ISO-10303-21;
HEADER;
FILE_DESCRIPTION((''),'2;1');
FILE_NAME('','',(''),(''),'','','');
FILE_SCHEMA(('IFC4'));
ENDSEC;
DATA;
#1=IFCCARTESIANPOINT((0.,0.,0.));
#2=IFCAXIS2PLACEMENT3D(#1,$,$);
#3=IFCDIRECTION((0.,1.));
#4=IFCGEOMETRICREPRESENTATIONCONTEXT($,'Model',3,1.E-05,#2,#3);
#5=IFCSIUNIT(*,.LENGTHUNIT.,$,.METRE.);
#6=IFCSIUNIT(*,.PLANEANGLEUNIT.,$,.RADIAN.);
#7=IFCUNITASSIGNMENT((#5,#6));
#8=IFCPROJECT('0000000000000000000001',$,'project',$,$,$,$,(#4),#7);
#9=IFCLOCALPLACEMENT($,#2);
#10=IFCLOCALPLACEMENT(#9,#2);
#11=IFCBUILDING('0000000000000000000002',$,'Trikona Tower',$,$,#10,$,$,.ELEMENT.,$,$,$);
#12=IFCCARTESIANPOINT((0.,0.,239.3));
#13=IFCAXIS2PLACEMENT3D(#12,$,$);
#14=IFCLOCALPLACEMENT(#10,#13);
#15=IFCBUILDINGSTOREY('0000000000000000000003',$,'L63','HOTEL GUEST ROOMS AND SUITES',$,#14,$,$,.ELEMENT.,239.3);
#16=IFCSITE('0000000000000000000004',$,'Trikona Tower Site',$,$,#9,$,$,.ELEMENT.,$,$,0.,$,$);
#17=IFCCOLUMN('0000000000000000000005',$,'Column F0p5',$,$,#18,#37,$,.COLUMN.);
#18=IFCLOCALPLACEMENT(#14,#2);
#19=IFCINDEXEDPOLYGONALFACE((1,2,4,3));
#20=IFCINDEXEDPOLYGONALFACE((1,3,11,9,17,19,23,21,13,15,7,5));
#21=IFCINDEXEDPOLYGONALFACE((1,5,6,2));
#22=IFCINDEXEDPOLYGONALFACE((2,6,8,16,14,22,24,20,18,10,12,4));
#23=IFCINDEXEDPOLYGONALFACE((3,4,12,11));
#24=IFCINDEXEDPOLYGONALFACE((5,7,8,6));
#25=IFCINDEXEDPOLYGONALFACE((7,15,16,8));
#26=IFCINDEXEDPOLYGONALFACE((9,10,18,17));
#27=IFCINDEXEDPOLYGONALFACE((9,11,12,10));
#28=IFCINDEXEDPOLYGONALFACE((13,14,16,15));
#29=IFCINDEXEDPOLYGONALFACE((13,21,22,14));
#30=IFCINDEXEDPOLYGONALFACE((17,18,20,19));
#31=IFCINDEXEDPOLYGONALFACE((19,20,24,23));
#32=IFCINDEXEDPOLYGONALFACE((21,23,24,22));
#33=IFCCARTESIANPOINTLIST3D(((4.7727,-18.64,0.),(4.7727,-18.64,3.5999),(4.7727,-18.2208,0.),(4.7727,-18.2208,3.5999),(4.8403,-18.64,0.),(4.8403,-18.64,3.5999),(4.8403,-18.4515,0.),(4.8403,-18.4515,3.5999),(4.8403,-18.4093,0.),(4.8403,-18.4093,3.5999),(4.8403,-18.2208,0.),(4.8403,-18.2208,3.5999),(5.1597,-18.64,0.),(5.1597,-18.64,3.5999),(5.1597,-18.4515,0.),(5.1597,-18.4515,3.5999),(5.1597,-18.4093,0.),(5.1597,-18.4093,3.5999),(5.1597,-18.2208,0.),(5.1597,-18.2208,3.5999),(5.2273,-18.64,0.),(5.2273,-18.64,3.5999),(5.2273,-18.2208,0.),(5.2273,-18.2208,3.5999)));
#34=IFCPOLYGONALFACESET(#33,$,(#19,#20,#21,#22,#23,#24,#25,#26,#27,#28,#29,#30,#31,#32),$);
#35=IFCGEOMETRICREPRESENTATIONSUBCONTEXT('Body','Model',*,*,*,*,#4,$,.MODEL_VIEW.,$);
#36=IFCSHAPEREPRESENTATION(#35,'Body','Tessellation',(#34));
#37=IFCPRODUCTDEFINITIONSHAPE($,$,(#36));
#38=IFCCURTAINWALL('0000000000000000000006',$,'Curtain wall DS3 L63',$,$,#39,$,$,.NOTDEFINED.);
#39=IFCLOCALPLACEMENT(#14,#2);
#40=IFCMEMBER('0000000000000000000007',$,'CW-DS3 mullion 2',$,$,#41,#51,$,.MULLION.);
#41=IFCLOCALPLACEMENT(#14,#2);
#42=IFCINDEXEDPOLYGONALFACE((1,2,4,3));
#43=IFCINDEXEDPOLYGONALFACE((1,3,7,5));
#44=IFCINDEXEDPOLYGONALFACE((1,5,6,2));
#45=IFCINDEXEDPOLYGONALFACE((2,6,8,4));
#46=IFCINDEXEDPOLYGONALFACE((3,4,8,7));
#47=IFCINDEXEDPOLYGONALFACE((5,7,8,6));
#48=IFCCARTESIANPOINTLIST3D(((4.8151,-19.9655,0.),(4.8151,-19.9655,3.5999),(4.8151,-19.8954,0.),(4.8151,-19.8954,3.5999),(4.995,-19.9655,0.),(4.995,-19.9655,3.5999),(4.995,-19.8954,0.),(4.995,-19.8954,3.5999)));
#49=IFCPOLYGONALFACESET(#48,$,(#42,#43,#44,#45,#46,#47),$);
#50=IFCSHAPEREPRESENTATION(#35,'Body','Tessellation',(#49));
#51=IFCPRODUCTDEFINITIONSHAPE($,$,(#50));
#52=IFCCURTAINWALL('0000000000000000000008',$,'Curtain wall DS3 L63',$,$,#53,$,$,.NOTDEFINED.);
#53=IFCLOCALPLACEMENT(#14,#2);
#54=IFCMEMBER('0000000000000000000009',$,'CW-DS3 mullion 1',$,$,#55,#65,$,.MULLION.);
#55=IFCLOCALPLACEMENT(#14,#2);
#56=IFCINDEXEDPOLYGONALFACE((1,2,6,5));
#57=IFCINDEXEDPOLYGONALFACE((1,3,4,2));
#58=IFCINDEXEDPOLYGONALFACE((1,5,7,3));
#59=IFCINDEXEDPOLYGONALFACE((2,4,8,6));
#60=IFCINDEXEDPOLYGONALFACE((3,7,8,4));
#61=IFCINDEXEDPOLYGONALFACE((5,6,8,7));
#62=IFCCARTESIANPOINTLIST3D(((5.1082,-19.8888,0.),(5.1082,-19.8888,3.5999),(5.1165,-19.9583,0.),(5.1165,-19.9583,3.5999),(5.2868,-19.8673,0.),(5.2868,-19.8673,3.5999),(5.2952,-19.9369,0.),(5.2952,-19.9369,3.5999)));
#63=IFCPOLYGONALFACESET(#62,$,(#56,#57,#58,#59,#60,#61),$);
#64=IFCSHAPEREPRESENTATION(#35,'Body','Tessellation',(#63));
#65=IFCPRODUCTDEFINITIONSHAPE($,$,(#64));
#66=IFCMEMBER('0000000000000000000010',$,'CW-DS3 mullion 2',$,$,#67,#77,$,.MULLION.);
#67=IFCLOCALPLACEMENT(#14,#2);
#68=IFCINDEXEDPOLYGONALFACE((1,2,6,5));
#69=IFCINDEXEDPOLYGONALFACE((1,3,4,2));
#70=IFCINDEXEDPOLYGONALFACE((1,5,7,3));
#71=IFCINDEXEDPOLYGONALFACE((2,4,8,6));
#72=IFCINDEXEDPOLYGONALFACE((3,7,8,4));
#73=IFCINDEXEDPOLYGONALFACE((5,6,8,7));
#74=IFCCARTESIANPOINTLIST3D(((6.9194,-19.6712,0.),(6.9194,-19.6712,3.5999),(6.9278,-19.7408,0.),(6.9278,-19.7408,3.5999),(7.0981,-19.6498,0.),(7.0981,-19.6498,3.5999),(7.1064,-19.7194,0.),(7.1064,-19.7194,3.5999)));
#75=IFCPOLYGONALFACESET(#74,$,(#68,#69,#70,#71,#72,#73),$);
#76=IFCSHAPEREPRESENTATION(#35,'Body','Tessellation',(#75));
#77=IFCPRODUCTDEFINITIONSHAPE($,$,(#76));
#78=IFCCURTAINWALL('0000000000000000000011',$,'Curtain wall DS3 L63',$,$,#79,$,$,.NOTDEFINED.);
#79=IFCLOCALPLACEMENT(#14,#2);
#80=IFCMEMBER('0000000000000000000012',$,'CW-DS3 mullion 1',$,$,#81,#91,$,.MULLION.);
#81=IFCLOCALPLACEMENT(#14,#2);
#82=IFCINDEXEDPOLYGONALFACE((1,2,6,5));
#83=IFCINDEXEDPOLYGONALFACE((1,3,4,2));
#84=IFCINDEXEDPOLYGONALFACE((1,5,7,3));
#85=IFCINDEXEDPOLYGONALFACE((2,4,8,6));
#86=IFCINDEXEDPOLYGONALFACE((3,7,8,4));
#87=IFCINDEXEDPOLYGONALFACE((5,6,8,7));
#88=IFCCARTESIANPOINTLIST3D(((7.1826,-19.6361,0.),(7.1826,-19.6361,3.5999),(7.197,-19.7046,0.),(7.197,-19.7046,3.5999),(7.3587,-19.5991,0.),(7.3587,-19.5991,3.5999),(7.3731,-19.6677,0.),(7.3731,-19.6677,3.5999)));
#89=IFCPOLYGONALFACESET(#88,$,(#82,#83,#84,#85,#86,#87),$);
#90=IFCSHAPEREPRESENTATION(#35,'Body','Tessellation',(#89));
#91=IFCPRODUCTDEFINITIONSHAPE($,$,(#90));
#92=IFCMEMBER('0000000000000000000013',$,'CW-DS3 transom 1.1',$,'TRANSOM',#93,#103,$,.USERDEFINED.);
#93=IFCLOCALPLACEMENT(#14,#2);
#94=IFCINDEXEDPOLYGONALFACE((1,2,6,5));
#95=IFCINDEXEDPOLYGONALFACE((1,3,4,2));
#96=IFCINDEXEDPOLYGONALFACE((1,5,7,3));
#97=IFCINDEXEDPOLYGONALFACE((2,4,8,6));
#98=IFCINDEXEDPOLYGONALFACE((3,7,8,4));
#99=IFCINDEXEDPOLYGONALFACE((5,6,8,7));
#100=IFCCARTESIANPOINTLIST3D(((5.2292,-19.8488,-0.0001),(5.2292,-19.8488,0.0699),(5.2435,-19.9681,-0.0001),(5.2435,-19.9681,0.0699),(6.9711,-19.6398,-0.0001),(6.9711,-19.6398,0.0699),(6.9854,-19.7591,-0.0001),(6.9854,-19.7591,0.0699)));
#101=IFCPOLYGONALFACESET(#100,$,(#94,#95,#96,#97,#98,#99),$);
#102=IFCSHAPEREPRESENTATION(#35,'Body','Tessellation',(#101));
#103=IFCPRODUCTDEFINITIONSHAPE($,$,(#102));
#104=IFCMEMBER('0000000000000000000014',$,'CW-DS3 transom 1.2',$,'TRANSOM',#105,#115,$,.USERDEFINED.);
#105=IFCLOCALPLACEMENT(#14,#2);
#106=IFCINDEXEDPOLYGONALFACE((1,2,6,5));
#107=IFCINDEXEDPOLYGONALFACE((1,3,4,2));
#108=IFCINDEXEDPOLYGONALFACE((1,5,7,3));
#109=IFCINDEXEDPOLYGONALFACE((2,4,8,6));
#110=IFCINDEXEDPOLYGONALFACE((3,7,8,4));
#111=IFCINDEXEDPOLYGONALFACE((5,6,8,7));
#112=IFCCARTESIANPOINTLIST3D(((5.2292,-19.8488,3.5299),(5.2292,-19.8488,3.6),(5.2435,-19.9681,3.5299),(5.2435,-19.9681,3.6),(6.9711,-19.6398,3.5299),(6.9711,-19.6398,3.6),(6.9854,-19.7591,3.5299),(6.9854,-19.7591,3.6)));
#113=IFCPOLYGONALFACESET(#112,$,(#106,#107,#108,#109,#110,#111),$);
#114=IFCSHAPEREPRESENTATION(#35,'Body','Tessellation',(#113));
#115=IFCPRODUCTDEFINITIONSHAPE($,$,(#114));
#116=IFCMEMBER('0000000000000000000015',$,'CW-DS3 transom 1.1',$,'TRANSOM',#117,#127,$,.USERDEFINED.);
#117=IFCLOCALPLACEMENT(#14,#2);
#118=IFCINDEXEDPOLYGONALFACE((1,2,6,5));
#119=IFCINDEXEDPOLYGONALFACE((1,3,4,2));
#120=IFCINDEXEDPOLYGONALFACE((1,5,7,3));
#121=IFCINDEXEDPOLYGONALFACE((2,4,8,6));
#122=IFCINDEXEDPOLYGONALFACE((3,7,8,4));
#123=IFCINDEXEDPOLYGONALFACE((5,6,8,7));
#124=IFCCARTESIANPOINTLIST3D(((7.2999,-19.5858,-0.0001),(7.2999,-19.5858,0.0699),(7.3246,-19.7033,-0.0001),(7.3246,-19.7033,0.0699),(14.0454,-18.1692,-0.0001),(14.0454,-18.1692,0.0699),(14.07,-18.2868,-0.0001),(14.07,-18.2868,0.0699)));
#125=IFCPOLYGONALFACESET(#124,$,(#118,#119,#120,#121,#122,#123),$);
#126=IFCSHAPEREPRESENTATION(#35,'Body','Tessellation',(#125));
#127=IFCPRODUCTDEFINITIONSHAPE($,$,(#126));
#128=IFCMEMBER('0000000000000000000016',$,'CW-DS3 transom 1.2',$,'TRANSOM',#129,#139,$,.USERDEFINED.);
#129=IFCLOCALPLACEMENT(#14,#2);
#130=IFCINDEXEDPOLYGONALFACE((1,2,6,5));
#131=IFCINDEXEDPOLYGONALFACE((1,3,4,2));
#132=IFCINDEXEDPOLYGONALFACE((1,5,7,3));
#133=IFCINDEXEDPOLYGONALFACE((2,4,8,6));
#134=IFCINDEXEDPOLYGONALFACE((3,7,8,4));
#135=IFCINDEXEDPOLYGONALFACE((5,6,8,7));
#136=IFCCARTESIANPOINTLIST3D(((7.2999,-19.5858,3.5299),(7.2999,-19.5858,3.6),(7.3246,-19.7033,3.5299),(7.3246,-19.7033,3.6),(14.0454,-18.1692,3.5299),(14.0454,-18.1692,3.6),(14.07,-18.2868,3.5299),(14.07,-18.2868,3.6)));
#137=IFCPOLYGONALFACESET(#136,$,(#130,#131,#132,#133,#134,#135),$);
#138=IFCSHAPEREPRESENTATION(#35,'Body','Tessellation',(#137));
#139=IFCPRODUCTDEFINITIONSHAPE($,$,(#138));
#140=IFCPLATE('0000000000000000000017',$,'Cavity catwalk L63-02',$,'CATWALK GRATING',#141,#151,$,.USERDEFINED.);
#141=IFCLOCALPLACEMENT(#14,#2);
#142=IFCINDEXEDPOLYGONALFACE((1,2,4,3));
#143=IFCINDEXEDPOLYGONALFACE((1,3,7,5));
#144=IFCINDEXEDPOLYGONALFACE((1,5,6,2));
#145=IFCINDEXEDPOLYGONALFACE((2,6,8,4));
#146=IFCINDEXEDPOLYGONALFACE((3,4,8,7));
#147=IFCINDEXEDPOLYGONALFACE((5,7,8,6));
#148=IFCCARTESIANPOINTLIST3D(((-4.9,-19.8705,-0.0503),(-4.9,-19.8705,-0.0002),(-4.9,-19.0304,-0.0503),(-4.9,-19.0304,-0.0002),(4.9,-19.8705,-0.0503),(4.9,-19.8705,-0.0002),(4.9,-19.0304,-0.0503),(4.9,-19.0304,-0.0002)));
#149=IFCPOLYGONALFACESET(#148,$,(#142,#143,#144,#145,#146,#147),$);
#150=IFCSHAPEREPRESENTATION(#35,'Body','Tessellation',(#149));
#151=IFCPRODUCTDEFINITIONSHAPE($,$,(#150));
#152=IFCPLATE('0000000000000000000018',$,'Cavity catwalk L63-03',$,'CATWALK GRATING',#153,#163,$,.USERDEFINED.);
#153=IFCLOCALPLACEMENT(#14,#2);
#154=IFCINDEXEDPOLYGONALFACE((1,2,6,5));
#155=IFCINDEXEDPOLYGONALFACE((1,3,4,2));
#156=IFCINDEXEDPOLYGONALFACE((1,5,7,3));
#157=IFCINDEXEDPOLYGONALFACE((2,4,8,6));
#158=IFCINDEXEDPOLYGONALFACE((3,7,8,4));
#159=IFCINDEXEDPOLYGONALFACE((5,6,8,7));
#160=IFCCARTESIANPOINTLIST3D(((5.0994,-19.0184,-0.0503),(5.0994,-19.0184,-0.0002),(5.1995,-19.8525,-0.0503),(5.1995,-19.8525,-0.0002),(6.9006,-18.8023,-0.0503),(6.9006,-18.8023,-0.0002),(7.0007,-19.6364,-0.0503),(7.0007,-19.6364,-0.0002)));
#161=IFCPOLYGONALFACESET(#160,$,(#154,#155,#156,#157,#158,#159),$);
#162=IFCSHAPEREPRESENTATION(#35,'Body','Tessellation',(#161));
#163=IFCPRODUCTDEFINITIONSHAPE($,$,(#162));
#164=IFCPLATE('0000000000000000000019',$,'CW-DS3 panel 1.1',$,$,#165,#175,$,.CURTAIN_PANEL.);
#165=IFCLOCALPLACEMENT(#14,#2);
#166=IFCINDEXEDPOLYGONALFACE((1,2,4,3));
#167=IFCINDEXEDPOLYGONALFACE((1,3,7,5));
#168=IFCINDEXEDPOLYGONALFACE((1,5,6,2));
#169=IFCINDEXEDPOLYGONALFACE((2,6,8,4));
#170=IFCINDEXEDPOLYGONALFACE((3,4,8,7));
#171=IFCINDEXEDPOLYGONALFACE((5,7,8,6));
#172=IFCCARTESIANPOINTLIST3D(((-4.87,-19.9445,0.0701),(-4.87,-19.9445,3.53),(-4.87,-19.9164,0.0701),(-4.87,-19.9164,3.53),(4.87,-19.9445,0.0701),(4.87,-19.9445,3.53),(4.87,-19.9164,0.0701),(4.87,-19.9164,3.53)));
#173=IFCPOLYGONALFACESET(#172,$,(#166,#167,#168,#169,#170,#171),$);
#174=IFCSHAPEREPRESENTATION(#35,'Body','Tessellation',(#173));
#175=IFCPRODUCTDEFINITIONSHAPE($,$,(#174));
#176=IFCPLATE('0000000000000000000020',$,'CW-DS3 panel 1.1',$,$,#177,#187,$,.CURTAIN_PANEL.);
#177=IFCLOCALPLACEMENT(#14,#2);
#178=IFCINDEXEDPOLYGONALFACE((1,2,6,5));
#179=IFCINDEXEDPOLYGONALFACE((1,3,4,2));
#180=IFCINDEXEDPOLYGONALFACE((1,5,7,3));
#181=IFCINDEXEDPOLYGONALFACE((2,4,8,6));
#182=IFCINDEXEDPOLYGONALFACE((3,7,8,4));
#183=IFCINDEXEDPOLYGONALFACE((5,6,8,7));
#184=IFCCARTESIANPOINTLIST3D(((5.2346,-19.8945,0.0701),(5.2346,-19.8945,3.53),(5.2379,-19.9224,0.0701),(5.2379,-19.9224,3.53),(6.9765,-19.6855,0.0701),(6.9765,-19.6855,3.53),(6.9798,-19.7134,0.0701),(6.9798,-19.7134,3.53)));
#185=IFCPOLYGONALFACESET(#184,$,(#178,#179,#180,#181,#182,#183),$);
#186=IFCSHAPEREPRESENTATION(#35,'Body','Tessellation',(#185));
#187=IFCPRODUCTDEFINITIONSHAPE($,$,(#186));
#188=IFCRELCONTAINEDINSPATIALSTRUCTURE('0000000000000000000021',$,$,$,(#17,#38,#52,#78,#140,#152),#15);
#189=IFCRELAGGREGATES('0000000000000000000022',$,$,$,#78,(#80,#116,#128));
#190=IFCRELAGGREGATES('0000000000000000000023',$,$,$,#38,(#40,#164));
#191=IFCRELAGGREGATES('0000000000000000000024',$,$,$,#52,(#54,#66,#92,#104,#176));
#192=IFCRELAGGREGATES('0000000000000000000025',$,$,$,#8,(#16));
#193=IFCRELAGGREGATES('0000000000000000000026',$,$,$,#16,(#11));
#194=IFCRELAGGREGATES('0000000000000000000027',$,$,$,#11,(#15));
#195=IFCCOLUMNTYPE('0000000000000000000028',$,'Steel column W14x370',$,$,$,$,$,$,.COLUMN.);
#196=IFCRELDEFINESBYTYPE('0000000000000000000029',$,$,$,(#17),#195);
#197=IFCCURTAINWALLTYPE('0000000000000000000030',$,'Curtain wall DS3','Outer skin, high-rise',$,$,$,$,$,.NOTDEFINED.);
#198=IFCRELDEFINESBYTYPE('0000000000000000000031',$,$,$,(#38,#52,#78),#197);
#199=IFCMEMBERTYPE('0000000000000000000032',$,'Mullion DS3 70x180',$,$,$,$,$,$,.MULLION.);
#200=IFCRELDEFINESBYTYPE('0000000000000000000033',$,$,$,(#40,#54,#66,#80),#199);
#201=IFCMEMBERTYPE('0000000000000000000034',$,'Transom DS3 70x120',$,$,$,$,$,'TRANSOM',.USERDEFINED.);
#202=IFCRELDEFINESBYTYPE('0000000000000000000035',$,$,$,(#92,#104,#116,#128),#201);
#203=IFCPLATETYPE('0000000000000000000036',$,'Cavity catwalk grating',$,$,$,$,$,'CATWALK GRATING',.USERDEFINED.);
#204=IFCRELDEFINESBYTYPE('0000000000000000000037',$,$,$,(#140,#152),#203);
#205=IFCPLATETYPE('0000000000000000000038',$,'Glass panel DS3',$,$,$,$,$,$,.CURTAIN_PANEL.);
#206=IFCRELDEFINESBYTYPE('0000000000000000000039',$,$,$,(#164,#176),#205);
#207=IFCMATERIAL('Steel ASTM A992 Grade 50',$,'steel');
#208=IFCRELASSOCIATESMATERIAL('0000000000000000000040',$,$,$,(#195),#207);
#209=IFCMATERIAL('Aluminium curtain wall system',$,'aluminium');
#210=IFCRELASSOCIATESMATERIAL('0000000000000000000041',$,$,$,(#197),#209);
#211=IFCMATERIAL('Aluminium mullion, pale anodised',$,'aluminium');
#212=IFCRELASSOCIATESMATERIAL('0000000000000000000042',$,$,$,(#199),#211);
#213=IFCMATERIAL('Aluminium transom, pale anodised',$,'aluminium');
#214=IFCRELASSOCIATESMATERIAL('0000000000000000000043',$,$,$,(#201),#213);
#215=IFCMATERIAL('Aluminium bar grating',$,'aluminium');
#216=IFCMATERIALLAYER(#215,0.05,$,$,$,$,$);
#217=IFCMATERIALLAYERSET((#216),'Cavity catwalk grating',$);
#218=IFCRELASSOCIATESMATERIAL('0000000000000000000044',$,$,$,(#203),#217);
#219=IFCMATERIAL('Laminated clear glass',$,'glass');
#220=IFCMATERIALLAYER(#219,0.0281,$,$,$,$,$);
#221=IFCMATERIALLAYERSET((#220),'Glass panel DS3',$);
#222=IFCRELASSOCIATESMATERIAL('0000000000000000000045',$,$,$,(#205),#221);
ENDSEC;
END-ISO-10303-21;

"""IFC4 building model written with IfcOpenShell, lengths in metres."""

from ifc_helpers import new_model, si_unit, direction, frame, origin, origin_2d, place, context, subcontext, project, spatial, rectangle, i_section, extrude, material, layer, layer_set, material_profile, profile_set, type_object, element, aggregate, save


model = new_model("IFC4")

# Units and contexts
model_context = context("Model", 3, precision=1e-05, world=origin(), true_north=direction((0.0, 1.0)))
body_context = subcontext(model_context, "Body", "Model", "MODEL_VIEW")
ifc_project = project(units=[si_unit("LENGTHUNIT", "METRE"), si_unit("PLANEANGLEUNIT", "RADIAN")], contexts=[model_context])

# Site, building, storey
site_placement = place(None, origin())
site = spatial("IfcSite", under=ifc_project, at=site_placement, Name="Trikona Tower Site", CompositionType="ELEMENT", RefElevation=0.0)
building_placement = place(site_placement, origin())
building = spatial("IfcBuilding", under=site, at=building_placement, Name="Trikona Tower", CompositionType="ELEMENT")
storey_placement = place(building_placement, frame((0.0, 0.0, 239.3)))
storey = spatial("IfcBuildingStorey", under=building, at=storey_placement, Name="L63", Description="HOTEL GUEST ROOMS AND SUITES", CompositionType="ELEMENT", Elevation=239.3)

# Column
ifc_material_1 = material(Name="Steel ASTM A992 Grade 50", Category="steel")
ifc_material_profile_1 = material_profile(ifc_material_1, i_section(OverallWidth=0.4192, OverallDepth=0.4546, WebThickness=0.0422, FlangeThickness=0.0676, at=origin_2d()), Name="W14X370")
ifc_profile_set_1 = profile_set([ifc_material_profile_1], Name="Steel ASTM A992 Grade 50")
column_type = type_object("IfcColumnType", Name="Steel column W14x370", PredefinedType="COLUMN", material=ifc_profile_set_1)
column_placement = place(storey_placement, frame((5.0, -18.4304, 0.0), z_axis=(0.0, 0.0, 1.0), x_axis=(0.0, -1.0, 0.0)))
element("IfcColumn", 1, at=column_placement, inside=storey, type_object=column_type, Name="Column F0p5", PredefinedType="COLUMN", context=body_context, shape_type="SweptSolid", body=[
    extrude(i_section(OverallWidth=0.4192, OverallDepth=0.4546, WebThickness=0.0422, FlangeThickness=0.0676, at=origin_2d()), origin(), (0.0, 0.0, 1.0), 3.5999),
])

# Curtain wall, member
ifc_material_2 = material(Name="Aluminium curtain wall system", Category="aluminium")
curtain_wall_type = type_object("IfcCurtainWallType", Name="Curtain wall DS3", Description="Outer skin, high-rise", PredefinedType="NOTDEFINED", material=ifc_material_2)
curtain_wall_1_placement = place(storey_placement, origin())
curtain_wall_1 = element("IfcCurtainWall", 2, at=curtain_wall_1_placement, inside=storey, type_object=curtain_wall_type, Name="Curtain wall DS3 L63", PredefinedType="NOTDEFINED")
ifc_material_3 = material(Name="Aluminium mullion, pale anodised", Category="aluminium")
ifc_material_profile_2 = material_profile(ifc_material_3, rectangle(XDim=0.0701, YDim=0.1799, at=origin_2d()), Name="MUL-DS3")
ifc_profile_set_2 = profile_set([ifc_material_profile_2], Name="Aluminium mullion, pale anodised")
member_type_1 = type_object("IfcMemberType", Name="Mullion DS3 70x180", PredefinedType="MULLION", material=ifc_profile_set_2)
member_1_placement = place(storey_placement, frame((4.905, -19.9304, 0.0), z_axis=(0.0, 0.0, 1.0), x_axis=(0.0, 1.0, 0.0)))
member_1 = element("IfcMember", 3, at=member_1_placement, type_object=member_type_1, Name="CW-DS3 mullion 2", PredefinedType="MULLION", context=body_context, shape_type="SweptSolid", body=[
    extrude(rectangle(XDim=0.0701, YDim=0.1799, at=origin_2d()), origin(), (0.0, 0.0, 1.0), 3.5999),
])

# Curtain wall, members
curtain_wall_2_placement = place(storey_placement, origin())
curtain_wall_2 = element("IfcCurtainWall", 4, at=curtain_wall_2_placement, inside=storey, type_object=curtain_wall_type, Name="Curtain wall DS3 L63", PredefinedType="NOTDEFINED")
member_2_placement = place(storey_placement, frame((5.2017, -19.9128, 0.0), z_axis=(0.0, 0.0, 1.0), x_axis=(-0.119141, 0.992877, 0.0)))
member_2 = element("IfcMember", 5, at=member_2_placement, type_object=member_type_1, Name="CW-DS3 mullion 1", PredefinedType="MULLION", context=body_context, shape_type="SweptSolid", body=[
    extrude(rectangle(XDim=0.0701, YDim=0.1799, at=origin_2d()), origin(), (0.0, 0.0, 1.0), 3.5999),
])
member_3_placement = place(storey_placement, frame((7.0129, -19.6953, 0.0), z_axis=(0.0, 0.0, 1.0), x_axis=(-0.119141, 0.992877, 0.0)))
member_3 = element("IfcMember", 6, at=member_3_placement, type_object=member_type_1, Name="CW-DS3 mullion 2", PredefinedType="MULLION", context=body_context, shape_type="SweptSolid", body=[
    extrude(rectangle(XDim=0.0701, YDim=0.1799, at=origin_2d()), origin(), (0.0, 0.0, 1.0), 3.5999),
])

# Curtain wall, member
curtain_wall_3_placement = place(storey_placement, origin())
curtain_wall_3 = element("IfcCurtainWall", 7, at=curtain_wall_3_placement, inside=storey, type_object=curtain_wall_type, Name="Curtain wall DS3 L63", PredefinedType="NOTDEFINED")
member_4_placement = place(storey_placement, frame((7.2778, -19.6519, 0.0), z_axis=(0.0, 0.0, 1.0), x_axis=(-0.205527, 0.978651, 0.0)))
member_4 = element("IfcMember", 8, at=member_4_placement, type_object=member_type_1, Name="CW-DS3 mullion 1", PredefinedType="MULLION", context=body_context, shape_type="SweptSolid", body=[
    extrude(rectangle(XDim=0.0701, YDim=0.1799, at=origin_2d()), origin(), (0.0, 0.0, 1.0), 3.5999),
])

# Members
ifc_material_4 = material(Name="Aluminium transom, pale anodised", Category="aluminium")
ifc_material_profile_3 = material_profile(ifc_material_4, rectangle(XDim=0.1201, YDim=0.0701, at=origin_2d()), Name="TRN-DS3")
ifc_profile_set_3 = profile_set([ifc_material_profile_3], Name="Aluminium transom, pale anodised")
member_type_2 = type_object("IfcMemberType", Name="Transom DS3 70x120", ElementType="TRANSOM", PredefinedType="USERDEFINED", material=ifc_profile_set_3)
member_5_placement = place(storey_placement, frame((5.2363, -19.9084, 0.0349), z_axis=(0.99288, 0.119118, 0.0), x_axis=(-0.119118, 0.99288, 0.0)))
member_5 = element("IfcMember", 9, at=member_5_placement, type_object=member_type_2, Name="CW-DS3 transom 1.1", ObjectType="TRANSOM", PredefinedType="USERDEFINED", context=body_context, shape_type="SweptSolid", body=[
    extrude(rectangle(XDim=0.1201, YDim=0.0701, at=origin_2d()), origin(), (0.0, 0.0, 1.0), 1.7544),
])
member_6_placement = place(storey_placement, frame((5.2363, -19.9084, 3.5649), z_axis=(0.99288, 0.119118, 0.0), x_axis=(-0.119118, 0.99288, 0.0)))
member_6 = element("IfcMember", 10, at=member_6_placement, type_object=member_type_2, Name="CW-DS3 transom 1.2", ObjectType="TRANSOM", PredefinedType="USERDEFINED", context=body_context, shape_type="SweptSolid", body=[
    extrude(rectangle(XDim=0.1201, YDim=0.0701, at=origin_2d()), origin(), (0.0, 0.0, 1.0), 1.7544),
])
member_7_placement = place(storey_placement, frame((7.3123, -19.6445, 0.0349), z_axis=(0.978654, 0.205514, 0.0), x_axis=(-0.205514, 0.978654, 0.0)))
member_7 = element("IfcMember", 11, at=member_7_placement, type_object=member_type_2, Name="CW-DS3 transom 1.1", ObjectType="TRANSOM", PredefinedType="USERDEFINED", context=body_context, shape_type="SweptSolid", body=[
    extrude(rectangle(XDim=0.1201, YDim=0.0701, at=origin_2d()), origin(), (0.0, 0.0, 1.0), 6.8926),
])
member_8_placement = place(storey_placement, frame((7.3123, -19.6445, 3.5649), z_axis=(0.978654, 0.205514, 0.0), x_axis=(-0.205514, 0.978654, 0.0)))
member_8 = element("IfcMember", 12, at=member_8_placement, type_object=member_type_2, Name="CW-DS3 transom 1.2", ObjectType="TRANSOM", PredefinedType="USERDEFINED", context=body_context, shape_type="SweptSolid", body=[
    extrude(rectangle(XDim=0.1201, YDim=0.0701, at=origin_2d()), origin(), (0.0, 0.0, 1.0), 6.8926),
])
aggregate(curtain_wall_3, [member_4, member_7, member_8])

# Plates
ifc_material_5 = material(Name="Aluminium bar grating", Category="aluminium")
ifc_layer_1 = layer(ifc_material_5, 0.05)
ifc_layer_set_1 = layer_set([ifc_layer_1], Name="Cavity catwalk grating")
plate_type_1 = type_object("IfcPlateType", Name="Cavity catwalk grating", ElementType="CATWALK GRATING", PredefinedType="USERDEFINED", material=ifc_layer_set_1)
plate_1_placement = place(storey_placement, frame((0.0, -19.4504, -0.0503), z_axis=(0.0, 0.0, 1.0), x_axis=(1.0, 0.0, 0.0)))
element("IfcPlate", 13, at=plate_1_placement, inside=storey, type_object=plate_type_1, Name="Cavity catwalk L63-02", ObjectType="CATWALK GRATING", PredefinedType="USERDEFINED", context=body_context, shape_type="SweptSolid", body=[
    extrude(rectangle(XDim=9.8, YDim=0.8401, at=origin_2d()), origin(), (0.0, 0.0, 1.0), 0.05),
])
plate_2_placement = place(storey_placement, frame((6.05, -19.3274, -0.0503), z_axis=(0.0, 0.0, 1.0), x_axis=(0.992877, 0.119146, 0.0)))
element("IfcPlate", 14, at=plate_2_placement, inside=storey, type_object=plate_type_1, Name="Cavity catwalk L63-03", ObjectType="CATWALK GRATING", PredefinedType="USERDEFINED", context=body_context, shape_type="SweptSolid", body=[
    extrude(rectangle(XDim=1.8142, YDim=0.8401, at=origin_2d()), origin(), (0.0, 0.0, 1.0), 0.05),
])

# Plates
ifc_material_6 = material(Name="Laminated clear glass", Category="glass")
ifc_layer_2 = layer(ifc_material_6, 0.0281)
ifc_layer_set_2 = layer_set([ifc_layer_2], Name="Glass panel DS3")
plate_type_2 = type_object("IfcPlateType", Name="Glass panel DS3", PredefinedType="CURTAIN_PANEL", material=ifc_layer_set_2)
plate_3_placement = place(storey_placement, frame((0.0, -19.9304, 0.0701), z_axis=(0.0, 0.0, 1.0), x_axis=(1.0, 0.0, 0.0)))
plate_3 = element("IfcPlate", 15, at=plate_3_placement, type_object=plate_type_2, Name="CW-DS3 panel 1.1", PredefinedType="CURTAIN_PANEL", context=body_context, shape_type="SweptSolid", body=[
    extrude(rectangle(XDim=9.74, YDim=0.0281, at=origin_2d()), origin(), (0.0, 0.0, 1.0), 3.46),
])
aggregate(curtain_wall_1, [member_1, plate_3])
plate_4_placement = place(storey_placement, frame((6.1072, -19.804, 0.0701), z_axis=(0.0, 0.0, 1.0), x_axis=(0.992877, 0.119141, 0.0)))
plate_4 = element("IfcPlate", 16, at=plate_4_placement, type_object=plate_type_2, Name="CW-DS3 panel 1.1", PredefinedType="CURTAIN_PANEL", context=body_context, shape_type="SweptSolid", body=[
    extrude(rectangle(XDim=1.7544, YDim=0.0281, at=origin_2d()), origin(), (0.0, 0.0, 1.0), 3.46),
])
aggregate(curtain_wall_2, [member_2, member_3, member_5, member_6, plate_4])

save(model, "model.ifc")
